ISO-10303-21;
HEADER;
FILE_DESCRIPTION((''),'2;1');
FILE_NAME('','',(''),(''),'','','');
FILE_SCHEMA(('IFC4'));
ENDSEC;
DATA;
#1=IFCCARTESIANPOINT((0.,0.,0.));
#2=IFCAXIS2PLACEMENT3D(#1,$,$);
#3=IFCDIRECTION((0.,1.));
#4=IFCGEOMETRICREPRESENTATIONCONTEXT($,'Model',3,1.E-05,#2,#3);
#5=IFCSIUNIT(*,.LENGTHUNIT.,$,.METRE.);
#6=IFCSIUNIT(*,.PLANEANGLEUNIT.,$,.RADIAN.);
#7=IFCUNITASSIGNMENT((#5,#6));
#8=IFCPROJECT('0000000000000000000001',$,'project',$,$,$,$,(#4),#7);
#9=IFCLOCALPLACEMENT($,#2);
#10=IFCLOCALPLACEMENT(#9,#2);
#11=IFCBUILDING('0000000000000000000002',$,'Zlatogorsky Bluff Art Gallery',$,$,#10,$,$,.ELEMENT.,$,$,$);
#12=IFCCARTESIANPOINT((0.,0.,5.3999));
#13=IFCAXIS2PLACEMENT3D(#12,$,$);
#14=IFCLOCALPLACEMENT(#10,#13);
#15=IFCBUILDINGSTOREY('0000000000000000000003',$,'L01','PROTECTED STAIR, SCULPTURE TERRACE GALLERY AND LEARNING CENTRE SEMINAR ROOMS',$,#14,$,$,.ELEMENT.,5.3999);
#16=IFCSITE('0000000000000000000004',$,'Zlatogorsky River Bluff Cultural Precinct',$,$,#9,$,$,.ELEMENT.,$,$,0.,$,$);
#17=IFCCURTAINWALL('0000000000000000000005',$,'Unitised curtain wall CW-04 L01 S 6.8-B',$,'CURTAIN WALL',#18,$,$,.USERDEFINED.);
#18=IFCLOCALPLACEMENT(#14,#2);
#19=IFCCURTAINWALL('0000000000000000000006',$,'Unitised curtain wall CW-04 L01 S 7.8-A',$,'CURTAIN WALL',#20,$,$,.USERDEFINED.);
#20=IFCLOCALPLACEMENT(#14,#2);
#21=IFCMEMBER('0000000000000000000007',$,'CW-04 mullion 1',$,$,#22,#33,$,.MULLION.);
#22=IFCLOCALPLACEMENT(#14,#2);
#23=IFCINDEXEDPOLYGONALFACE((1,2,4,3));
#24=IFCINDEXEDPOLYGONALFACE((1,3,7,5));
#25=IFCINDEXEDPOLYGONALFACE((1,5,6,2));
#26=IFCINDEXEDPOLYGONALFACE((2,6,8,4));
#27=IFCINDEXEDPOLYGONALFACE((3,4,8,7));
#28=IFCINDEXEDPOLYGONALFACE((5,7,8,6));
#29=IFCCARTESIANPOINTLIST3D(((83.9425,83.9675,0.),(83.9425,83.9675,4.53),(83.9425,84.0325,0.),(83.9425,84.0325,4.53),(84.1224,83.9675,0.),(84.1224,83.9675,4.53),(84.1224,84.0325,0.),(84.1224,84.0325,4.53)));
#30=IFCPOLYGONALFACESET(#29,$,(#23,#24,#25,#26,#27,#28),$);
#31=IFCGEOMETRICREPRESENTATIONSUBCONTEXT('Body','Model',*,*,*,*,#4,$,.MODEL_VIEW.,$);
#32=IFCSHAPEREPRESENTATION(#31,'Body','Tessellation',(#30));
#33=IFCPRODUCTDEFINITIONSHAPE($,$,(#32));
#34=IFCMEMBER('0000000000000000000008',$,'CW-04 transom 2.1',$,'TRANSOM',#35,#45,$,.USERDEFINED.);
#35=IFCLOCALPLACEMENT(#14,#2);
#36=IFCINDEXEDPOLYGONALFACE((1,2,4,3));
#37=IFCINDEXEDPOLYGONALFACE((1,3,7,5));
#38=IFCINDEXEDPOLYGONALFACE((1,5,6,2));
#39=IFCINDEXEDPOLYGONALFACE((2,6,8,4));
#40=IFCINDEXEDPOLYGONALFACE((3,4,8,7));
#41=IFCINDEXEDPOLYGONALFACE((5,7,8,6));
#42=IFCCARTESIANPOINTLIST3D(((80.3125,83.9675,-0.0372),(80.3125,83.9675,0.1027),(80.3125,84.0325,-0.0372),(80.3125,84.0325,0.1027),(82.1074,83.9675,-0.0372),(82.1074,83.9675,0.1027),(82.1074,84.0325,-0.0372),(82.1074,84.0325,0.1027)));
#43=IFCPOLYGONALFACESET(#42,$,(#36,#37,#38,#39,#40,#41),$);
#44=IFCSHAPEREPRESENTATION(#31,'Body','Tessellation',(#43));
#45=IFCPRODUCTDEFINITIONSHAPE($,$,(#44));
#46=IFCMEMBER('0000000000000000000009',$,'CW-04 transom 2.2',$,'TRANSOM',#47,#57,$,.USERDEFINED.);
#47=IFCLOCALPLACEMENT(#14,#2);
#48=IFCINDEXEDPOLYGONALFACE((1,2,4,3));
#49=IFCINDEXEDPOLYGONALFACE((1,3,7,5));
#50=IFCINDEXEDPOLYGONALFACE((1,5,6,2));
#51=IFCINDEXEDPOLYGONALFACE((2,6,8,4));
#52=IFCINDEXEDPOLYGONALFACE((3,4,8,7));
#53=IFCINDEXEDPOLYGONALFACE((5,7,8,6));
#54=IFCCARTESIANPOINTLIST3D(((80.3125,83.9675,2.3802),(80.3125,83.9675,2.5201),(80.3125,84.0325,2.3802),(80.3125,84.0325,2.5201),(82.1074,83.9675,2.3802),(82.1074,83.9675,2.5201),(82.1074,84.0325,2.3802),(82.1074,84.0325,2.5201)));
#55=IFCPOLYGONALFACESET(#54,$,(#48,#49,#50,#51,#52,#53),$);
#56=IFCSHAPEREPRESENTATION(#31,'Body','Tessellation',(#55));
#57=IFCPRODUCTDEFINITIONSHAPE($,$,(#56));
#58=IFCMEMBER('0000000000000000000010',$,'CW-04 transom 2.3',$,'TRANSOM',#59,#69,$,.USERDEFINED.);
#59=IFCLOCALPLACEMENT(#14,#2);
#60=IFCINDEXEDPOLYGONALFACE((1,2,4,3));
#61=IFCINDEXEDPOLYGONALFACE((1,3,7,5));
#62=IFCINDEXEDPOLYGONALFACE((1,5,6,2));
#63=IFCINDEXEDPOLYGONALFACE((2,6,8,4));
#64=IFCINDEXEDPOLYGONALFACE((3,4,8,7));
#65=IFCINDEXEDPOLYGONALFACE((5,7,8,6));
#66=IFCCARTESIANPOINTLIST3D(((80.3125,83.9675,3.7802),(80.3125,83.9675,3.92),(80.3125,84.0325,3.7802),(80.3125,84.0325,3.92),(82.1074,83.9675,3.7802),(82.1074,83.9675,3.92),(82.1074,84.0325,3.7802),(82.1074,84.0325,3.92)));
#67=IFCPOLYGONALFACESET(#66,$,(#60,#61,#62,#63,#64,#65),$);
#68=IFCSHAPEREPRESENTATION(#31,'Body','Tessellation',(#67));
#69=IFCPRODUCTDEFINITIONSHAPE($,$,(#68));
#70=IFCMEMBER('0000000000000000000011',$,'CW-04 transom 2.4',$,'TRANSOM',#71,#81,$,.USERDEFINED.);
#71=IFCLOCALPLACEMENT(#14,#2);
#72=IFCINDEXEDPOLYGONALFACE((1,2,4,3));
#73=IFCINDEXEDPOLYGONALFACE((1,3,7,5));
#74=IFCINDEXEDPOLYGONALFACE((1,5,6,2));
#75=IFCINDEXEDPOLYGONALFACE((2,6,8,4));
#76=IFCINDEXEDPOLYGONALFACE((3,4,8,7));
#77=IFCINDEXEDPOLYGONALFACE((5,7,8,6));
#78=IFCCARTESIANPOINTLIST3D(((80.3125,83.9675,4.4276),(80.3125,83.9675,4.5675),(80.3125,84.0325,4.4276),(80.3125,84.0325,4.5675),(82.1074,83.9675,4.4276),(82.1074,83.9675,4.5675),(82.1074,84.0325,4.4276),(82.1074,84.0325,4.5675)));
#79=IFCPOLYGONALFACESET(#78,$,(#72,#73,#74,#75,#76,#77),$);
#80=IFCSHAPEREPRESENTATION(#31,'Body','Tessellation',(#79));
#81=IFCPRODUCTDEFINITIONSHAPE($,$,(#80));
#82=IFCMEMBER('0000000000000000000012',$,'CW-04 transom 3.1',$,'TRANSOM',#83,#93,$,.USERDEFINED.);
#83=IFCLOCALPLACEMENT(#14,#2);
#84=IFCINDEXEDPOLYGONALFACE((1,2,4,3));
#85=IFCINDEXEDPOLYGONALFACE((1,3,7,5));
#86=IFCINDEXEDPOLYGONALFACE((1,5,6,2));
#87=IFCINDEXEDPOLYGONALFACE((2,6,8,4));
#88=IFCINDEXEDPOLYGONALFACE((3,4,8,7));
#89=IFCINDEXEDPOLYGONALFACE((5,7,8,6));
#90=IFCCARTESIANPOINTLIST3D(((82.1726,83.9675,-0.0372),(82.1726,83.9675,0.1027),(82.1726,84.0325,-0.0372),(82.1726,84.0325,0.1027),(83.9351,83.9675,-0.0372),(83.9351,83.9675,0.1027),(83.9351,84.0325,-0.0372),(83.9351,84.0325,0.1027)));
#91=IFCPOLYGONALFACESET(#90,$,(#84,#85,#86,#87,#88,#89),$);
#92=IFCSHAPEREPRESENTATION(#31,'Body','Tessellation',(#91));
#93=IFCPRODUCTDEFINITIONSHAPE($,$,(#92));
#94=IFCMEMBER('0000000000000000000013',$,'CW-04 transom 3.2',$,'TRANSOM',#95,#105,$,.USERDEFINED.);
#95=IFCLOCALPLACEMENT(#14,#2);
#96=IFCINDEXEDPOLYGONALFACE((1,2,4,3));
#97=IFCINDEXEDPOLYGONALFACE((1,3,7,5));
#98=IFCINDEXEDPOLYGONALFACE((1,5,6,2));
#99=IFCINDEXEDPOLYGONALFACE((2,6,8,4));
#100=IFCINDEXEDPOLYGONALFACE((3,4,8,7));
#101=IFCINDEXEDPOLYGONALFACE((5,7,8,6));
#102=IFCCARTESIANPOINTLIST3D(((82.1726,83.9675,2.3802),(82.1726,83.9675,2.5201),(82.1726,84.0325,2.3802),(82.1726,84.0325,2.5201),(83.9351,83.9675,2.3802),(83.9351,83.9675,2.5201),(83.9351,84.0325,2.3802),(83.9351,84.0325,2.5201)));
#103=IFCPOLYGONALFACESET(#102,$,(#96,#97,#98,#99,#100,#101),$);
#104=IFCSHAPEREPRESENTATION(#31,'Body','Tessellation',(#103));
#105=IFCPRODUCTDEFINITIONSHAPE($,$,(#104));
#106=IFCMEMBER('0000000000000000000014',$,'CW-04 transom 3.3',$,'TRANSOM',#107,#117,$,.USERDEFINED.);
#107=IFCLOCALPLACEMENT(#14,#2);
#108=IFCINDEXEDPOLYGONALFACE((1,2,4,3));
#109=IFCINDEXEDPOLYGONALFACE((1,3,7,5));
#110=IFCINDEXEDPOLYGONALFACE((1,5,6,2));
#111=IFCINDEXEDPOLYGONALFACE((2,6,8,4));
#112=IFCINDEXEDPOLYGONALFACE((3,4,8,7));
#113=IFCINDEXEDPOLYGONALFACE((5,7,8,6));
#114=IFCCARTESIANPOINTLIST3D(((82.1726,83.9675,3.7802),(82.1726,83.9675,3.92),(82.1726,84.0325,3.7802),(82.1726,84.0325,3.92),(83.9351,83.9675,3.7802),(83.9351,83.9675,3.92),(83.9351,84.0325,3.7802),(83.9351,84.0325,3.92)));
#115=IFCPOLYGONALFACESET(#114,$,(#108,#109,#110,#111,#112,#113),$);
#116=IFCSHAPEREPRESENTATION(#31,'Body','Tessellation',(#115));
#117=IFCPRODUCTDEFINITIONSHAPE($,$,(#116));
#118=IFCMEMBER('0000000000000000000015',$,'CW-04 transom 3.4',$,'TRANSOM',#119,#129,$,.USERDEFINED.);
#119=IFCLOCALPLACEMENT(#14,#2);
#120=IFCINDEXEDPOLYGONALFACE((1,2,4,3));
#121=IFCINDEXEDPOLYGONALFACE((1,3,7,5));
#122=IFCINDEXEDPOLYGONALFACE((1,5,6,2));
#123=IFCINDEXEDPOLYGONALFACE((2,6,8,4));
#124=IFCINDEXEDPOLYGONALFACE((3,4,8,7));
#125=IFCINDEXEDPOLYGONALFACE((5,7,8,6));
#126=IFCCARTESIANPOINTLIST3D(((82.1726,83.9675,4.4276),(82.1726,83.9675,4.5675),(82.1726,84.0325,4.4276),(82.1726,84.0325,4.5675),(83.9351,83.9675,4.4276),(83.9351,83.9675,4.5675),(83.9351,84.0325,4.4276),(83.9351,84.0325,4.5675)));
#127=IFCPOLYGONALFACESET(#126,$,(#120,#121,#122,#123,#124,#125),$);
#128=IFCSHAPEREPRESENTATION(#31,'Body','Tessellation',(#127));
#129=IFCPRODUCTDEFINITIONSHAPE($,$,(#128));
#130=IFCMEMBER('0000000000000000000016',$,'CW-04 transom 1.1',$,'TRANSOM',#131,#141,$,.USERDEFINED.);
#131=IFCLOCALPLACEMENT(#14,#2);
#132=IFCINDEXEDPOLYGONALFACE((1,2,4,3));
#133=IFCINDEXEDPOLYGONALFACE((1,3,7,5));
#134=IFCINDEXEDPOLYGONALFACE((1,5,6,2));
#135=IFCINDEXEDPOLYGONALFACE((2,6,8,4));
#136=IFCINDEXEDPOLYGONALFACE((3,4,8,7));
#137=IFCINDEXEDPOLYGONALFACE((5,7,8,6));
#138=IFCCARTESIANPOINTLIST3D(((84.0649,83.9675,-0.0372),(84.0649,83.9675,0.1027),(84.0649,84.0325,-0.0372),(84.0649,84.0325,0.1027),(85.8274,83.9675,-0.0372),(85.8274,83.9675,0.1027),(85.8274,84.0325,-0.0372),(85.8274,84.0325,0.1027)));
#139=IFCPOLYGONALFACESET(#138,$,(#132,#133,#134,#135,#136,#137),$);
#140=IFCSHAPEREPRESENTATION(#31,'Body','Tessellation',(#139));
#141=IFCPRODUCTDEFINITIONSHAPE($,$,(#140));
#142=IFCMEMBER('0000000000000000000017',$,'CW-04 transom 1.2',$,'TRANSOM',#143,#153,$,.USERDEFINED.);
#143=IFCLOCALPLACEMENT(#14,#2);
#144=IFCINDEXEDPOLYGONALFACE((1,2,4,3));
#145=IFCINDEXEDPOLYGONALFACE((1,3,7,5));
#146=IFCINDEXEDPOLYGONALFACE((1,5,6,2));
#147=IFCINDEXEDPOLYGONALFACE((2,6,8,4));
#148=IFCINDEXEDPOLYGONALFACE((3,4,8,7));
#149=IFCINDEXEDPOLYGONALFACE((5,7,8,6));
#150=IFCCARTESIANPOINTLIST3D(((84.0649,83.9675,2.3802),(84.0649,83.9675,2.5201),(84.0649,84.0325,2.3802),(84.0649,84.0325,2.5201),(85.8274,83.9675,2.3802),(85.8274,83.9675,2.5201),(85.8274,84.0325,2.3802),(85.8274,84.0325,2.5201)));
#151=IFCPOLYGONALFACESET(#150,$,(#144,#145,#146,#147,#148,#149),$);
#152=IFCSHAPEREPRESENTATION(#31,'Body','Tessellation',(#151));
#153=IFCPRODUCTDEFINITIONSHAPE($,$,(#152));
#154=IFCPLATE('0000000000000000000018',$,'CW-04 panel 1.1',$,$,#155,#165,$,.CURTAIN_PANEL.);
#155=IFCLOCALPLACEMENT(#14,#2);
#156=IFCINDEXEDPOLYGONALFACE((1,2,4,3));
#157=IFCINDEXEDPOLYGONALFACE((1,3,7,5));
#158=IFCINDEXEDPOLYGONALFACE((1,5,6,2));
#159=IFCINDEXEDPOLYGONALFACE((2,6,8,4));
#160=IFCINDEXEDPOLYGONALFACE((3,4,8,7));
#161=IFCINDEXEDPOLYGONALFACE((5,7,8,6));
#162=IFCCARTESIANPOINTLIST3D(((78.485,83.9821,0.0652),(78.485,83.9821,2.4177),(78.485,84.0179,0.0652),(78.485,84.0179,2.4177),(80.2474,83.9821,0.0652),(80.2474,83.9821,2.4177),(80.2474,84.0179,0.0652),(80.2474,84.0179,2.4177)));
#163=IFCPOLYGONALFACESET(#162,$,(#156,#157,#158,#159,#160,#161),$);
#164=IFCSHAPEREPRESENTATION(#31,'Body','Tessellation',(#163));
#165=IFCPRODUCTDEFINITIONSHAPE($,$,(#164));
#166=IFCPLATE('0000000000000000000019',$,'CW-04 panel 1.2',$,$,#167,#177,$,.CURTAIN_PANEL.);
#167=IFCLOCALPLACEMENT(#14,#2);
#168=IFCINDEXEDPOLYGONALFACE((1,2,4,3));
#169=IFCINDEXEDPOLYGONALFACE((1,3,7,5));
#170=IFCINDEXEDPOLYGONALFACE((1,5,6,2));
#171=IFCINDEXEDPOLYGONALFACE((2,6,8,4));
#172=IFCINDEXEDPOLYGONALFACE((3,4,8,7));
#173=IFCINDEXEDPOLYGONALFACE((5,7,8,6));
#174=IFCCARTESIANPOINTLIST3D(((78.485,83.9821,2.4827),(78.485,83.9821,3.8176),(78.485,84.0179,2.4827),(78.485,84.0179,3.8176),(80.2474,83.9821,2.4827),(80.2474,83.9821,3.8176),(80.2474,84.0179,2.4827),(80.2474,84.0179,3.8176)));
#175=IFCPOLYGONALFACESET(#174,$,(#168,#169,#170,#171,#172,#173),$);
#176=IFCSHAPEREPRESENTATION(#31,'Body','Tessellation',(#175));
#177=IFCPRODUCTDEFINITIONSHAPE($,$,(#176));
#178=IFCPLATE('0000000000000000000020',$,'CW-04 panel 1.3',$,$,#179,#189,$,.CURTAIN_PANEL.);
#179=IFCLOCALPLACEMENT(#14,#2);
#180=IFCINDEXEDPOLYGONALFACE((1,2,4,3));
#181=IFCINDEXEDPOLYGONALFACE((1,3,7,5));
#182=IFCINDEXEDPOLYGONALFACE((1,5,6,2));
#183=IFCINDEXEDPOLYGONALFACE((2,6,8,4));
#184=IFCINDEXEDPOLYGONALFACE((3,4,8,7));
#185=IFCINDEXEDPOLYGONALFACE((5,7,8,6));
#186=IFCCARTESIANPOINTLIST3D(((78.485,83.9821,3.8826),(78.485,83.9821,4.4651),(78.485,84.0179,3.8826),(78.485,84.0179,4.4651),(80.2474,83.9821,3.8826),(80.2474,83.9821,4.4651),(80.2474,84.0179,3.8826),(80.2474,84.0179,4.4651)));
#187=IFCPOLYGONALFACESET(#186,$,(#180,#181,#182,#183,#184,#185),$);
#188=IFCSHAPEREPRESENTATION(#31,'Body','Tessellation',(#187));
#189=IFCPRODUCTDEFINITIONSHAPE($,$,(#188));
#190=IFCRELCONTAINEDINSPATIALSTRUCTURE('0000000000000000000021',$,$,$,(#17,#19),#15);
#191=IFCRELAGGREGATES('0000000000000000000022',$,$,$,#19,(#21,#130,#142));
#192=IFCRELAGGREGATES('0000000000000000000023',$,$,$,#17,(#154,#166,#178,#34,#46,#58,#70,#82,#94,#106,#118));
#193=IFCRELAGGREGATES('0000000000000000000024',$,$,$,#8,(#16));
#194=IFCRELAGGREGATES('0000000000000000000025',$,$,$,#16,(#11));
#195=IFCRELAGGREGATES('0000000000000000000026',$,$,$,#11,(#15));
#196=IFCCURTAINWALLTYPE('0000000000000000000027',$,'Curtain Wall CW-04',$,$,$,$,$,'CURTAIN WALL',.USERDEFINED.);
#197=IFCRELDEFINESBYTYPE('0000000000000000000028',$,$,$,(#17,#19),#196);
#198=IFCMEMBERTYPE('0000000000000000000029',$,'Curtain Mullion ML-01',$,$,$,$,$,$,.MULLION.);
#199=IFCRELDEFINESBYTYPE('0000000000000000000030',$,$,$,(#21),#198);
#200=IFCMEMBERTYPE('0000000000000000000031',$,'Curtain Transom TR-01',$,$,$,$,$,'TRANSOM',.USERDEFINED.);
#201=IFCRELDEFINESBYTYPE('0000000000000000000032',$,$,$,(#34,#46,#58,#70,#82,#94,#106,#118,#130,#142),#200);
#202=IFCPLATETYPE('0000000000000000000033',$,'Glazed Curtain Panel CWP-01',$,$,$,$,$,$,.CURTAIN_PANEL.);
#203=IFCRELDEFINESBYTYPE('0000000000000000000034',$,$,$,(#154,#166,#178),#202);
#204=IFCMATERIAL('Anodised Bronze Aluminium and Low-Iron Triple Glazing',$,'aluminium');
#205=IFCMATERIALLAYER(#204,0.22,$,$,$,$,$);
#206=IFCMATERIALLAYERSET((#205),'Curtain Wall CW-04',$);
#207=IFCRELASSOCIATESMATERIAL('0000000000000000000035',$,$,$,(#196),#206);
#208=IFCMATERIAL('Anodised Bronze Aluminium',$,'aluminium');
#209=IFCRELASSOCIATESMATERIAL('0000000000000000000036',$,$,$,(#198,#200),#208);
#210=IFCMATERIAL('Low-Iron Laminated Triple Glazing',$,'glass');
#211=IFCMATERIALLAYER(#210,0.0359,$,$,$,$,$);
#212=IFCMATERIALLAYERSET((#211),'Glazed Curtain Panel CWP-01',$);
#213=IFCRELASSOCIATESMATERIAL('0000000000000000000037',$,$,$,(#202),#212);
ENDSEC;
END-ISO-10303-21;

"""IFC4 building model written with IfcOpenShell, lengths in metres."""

from ifc_helpers import new_model, si_unit, direction, frame, origin, origin_2d, place, context, subcontext, project, spatial, rectangle, extrude, material, layer, layer_set, material_profile, profile_set, type_object, element, aggregate, save


model = new_model("IFC4")

# Units and contexts
model_context = context("Model", 3, precision=1e-05, world=origin(), true_north=direction((0.0, 1.0)))
body_context = subcontext(model_context, "Body", "Model", "MODEL_VIEW")
ifc_project = project(units=[si_unit("LENGTHUNIT", "METRE"), si_unit("PLANEANGLEUNIT", "RADIAN")], contexts=[model_context])

# Site, building, storey
site_placement = place(None, origin())
site = spatial("IfcSite", under=ifc_project, at=site_placement, Name="Zlatogorsky River Bluff Cultural Precinct", CompositionType="ELEMENT", RefElevation=0.0)
building_placement = place(site_placement, origin())
building = spatial("IfcBuilding", under=site, at=building_placement, Name="Zlatogorsky Bluff Art Gallery", CompositionType="ELEMENT")
storey_placement = place(building_placement, frame((0.0, 0.0, 5.3999)))
storey = spatial("IfcBuildingStorey", under=building, at=storey_placement, Name="L01", Description="PROTECTED STAIR, SCULPTURE TERRACE GALLERY AND LEARNING CENTRE SEMINAR ROOMS", CompositionType="ELEMENT", Elevation=5.3999)

# Curtain wall
ifc_material_1 = material(Name="Anodised Bronze Aluminium and Low-Iron Triple Glazing", Category="aluminium")
ifc_layer_1 = layer(ifc_material_1, 0.22)
ifc_layer_set_1 = layer_set([ifc_layer_1], Name="Curtain Wall CW-04")
curtain_wall_type = type_object("IfcCurtainWallType", Name="Curtain Wall CW-04", ElementType="CURTAIN WALL", PredefinedType="USERDEFINED", material=ifc_layer_set_1)
curtain_wall_1_placement = place(storey_placement, origin())
curtain_wall_1 = element("IfcCurtainWall", 1, at=curtain_wall_1_placement, inside=storey, type_object=curtain_wall_type, Name="Unitised curtain wall CW-04 L01 S 6.8-B", ObjectType="CURTAIN WALL", PredefinedType="USERDEFINED")
ifc_material_2 = material(Name="Anodised Bronze Aluminium", Category="aluminium")
ifc_material_profile_1 = material_profile(ifc_material_2, rectangle(XDim=0.0649, YDim=0.1799, at=origin_2d()), Name="ALU MULLION 65x180")
ifc_profile_set_1 = profile_set([ifc_material_profile_1], Name="Anodised Bronze Aluminium")
member_type_1 = type_object("IfcMemberType", Name="Curtain Mullion ML-01", PredefinedType="MULLION", material=ifc_profile_set_1)

# Curtain wall, member
curtain_wall_2_placement = place(storey_placement, origin())
curtain_wall_2 = element("IfcCurtainWall", 2, at=curtain_wall_2_placement, inside=storey, type_object=curtain_wall_type, Name="Unitised curtain wall CW-04 L01 S 7.8-A", ObjectType="CURTAIN WALL", PredefinedType="USERDEFINED")
member_1_placement = place(storey_placement, frame((84.0325, 84.0, 0.0), z_axis=(0.0, 0.0, 1.0), x_axis=(0.0, 1.0, 0.0)))
member_1 = element("IfcMember", 3, at=member_1_placement, type_object=member_type_1, Name="CW-04 mullion 1", PredefinedType="MULLION", context=body_context, shape_type="SweptSolid", body=[
    extrude(rectangle(XDim=0.0649, YDim=0.1799, at=origin_2d()), origin(), (0.0, 0.0, 1.0), 4.53),
])

# Members
ifc_material_profile_2 = material_profile(ifc_material_2, rectangle(XDim=0.0649, YDim=0.1399, at=origin_2d()), Name="ALU TRANSOM 65x140")
ifc_profile_set_2 = profile_set([ifc_material_profile_2], Name="Anodised Bronze Aluminium")
member_type_2 = type_object("IfcMemberType", Name="Curtain Transom TR-01", ElementType="TRANSOM", PredefinedType="USERDEFINED", material=ifc_profile_set_2)
member_2_placement = place(storey_placement, frame((80.3125, 84.0, 0.0327), z_axis=(1.0, 0.0, 0.0), x_axis=(0.0, 1.0, 0.0)))
member_2 = element("IfcMember", 4, at=member_2_placement, type_object=member_type_2, Name="CW-04 transom 2.1", ObjectType="TRANSOM", PredefinedType="USERDEFINED", context=body_context, shape_type="SweptSolid", body=[
    extrude(rectangle(XDim=0.0649, YDim=0.1399, at=origin_2d()), origin(), (0.0, 0.0, 1.0), 1.7949),
])
member_3_placement = place(storey_placement, frame((80.3125, 84.0, 2.4502), z_axis=(1.0, 0.0, 0.0), x_axis=(0.0, 1.0, 0.0)))
member_3 = element("IfcMember", 5, at=member_3_placement, type_object=member_type_2, Name="CW-04 transom 2.2", ObjectType="TRANSOM", PredefinedType="USERDEFINED", context=body_context, shape_type="SweptSolid", body=[
    extrude(rectangle(XDim=0.0649, YDim=0.1399, at=origin_2d()), origin(), (0.0, 0.0, 1.0), 1.7949),
])
member_4_placement = place(storey_placement, frame((80.3125, 84.0, 3.8501), z_axis=(1.0, 0.0, 0.0), x_axis=(0.0, 1.0, 0.0)))
member_4 = element("IfcMember", 6, at=member_4_placement, type_object=member_type_2, Name="CW-04 transom 2.3", ObjectType="TRANSOM", PredefinedType="USERDEFINED", context=body_context, shape_type="SweptSolid", body=[
    extrude(rectangle(XDim=0.0649, YDim=0.1399, at=origin_2d()), origin(), (0.0, 0.0, 1.0), 1.7949),
])
member_5_placement = place(storey_placement, frame((80.3125, 84.0, 4.4976), z_axis=(1.0, 0.0, 0.0), x_axis=(0.0, 1.0, 0.0)))
member_5 = element("IfcMember", 7, at=member_5_placement, type_object=member_type_2, Name="CW-04 transom 2.4", ObjectType="TRANSOM", PredefinedType="USERDEFINED", context=body_context, shape_type="SweptSolid", body=[
    extrude(rectangle(XDim=0.0649, YDim=0.1399, at=origin_2d()), origin(), (0.0, 0.0, 1.0), 1.7949),
])
member_6_placement = place(storey_placement, frame((82.1726, 84.0, 0.0327), z_axis=(1.0, 0.0, 0.0), x_axis=(0.0, 1.0, 0.0)))
member_6 = element("IfcMember", 8, at=member_6_placement, type_object=member_type_2, Name="CW-04 transom 3.1", ObjectType="TRANSOM", PredefinedType="USERDEFINED", context=body_context, shape_type="SweptSolid", body=[
    extrude(rectangle(XDim=0.0649, YDim=0.1399, at=origin_2d()), origin(), (0.0, 0.0, 1.0), 1.7625),
])
member_7_placement = place(storey_placement, frame((82.1726, 84.0, 2.4502), z_axis=(1.0, 0.0, 0.0), x_axis=(0.0, 1.0, 0.0)))
member_7 = element("IfcMember", 9, at=member_7_placement, type_object=member_type_2, Name="CW-04 transom 3.2", ObjectType="TRANSOM", PredefinedType="USERDEFINED", context=body_context, shape_type="SweptSolid", body=[
    extrude(rectangle(XDim=0.0649, YDim=0.1399, at=origin_2d()), origin(), (0.0, 0.0, 1.0), 1.7625),
])
member_8_placement = place(storey_placement, frame((82.1726, 84.0, 3.8501), z_axis=(1.0, 0.0, 0.0), x_axis=(0.0, 1.0, 0.0)))
member_8 = element("IfcMember", 10, at=member_8_placement, type_object=member_type_2, Name="CW-04 transom 3.3", ObjectType="TRANSOM", PredefinedType="USERDEFINED", context=body_context, shape_type="SweptSolid", body=[
    extrude(rectangle(XDim=0.0649, YDim=0.1399, at=origin_2d()), origin(), (0.0, 0.0, 1.0), 1.7625),
])
member_9_placement = place(storey_placement, frame((82.1726, 84.0, 4.4976), z_axis=(1.0, 0.0, 0.0), x_axis=(0.0, 1.0, 0.0)))
member_9 = element("IfcMember", 11, at=member_9_placement, type_object=member_type_2, Name="CW-04 transom 3.4", ObjectType="TRANSOM", PredefinedType="USERDEFINED", context=body_context, shape_type="SweptSolid", body=[
    extrude(rectangle(XDim=0.0649, YDim=0.1399, at=origin_2d()), origin(), (0.0, 0.0, 1.0), 1.7625),
])
member_10_placement = place(storey_placement, frame((84.0649, 84.0, 0.0327), z_axis=(1.0, 0.0, 0.0), x_axis=(0.0, 1.0, 0.0)))
member_10 = element("IfcMember", 12, at=member_10_placement, type_object=member_type_2, Name="CW-04 transom 1.1", ObjectType="TRANSOM", PredefinedType="USERDEFINED", context=body_context, shape_type="SweptSolid", body=[
    extrude(rectangle(XDim=0.0649, YDim=0.1399, at=origin_2d()), origin(), (0.0, 0.0, 1.0), 1.7625),
])
member_11_placement = place(storey_placement, frame((84.0649, 84.0, 2.4502), z_axis=(1.0, 0.0, 0.0), x_axis=(0.0, 1.0, 0.0)))
member_11 = element("IfcMember", 13, at=member_11_placement, type_object=member_type_2, Name="CW-04 transom 1.2", ObjectType="TRANSOM", PredefinedType="USERDEFINED", context=body_context, shape_type="SweptSolid", body=[
    extrude(rectangle(XDim=0.0649, YDim=0.1399, at=origin_2d()), origin(), (0.0, 0.0, 1.0), 1.7625),
])
aggregate(curtain_wall_2, [member_1, member_10, member_11])

# Plates
ifc_material_3 = material(Name="Low-Iron Laminated Triple Glazing", Category="glass")
ifc_layer_2 = layer(ifc_material_3, 0.0359)
ifc_layer_set_2 = layer_set([ifc_layer_2], Name="Glazed Curtain Panel CWP-01")
plate_type = type_object("IfcPlateType", Name="Glazed Curtain Panel CWP-01", PredefinedType="CURTAIN_PANEL", material=ifc_layer_set_2)
plate_1_placement = place(storey_placement, frame((79.3662, 84.0, 0.0652), z_axis=(0.0, 0.0, 1.0), x_axis=(1.0, 0.0, 0.0)))
plate_1 = element("IfcPlate", 14, at=plate_1_placement, type_object=plate_type, Name="CW-04 panel 1.1", PredefinedType="CURTAIN_PANEL", context=body_context, shape_type="SweptSolid", body=[
    extrude(rectangle(XDim=1.7625, YDim=0.0359, at=origin_2d()), origin(), (0.0, 0.0, 1.0), 2.3525),
])
plate_2_placement = place(storey_placement, frame((79.3662, 84.0, 2.4827), z_axis=(0.0, 0.0, 1.0), x_axis=(1.0, 0.0, 0.0)))
plate_2 = element("IfcPlate", 15, at=plate_2_placement, type_object=plate_type, Name="CW-04 panel 1.2", PredefinedType="CURTAIN_PANEL", context=body_context, shape_type="SweptSolid", body=[
    extrude(rectangle(XDim=1.7625, YDim=0.0359, at=origin_2d()), origin(), (0.0, 0.0, 1.0), 1.335),
])
plate_3_placement = place(storey_placement, frame((79.3662, 84.0, 3.8826), z_axis=(0.0, 0.0, 1.0), x_axis=(1.0, 0.0, 0.0)))
plate_3 = element("IfcPlate", 16, at=plate_3_placement, type_object=plate_type, Name="CW-04 panel 1.3", PredefinedType="CURTAIN_PANEL", context=body_context, shape_type="SweptSolid", body=[
    extrude(rectangle(XDim=1.7625, YDim=0.0359, at=origin_2d()), origin(), (0.0, 0.0, 1.0), 0.5825),
])
aggregate(curtain_wall_1, [plate_1, plate_2, plate_3, member_2, member_3, member_4, member_5, member_6, member_7, member_8, member_9])

save(model, "model.ifc")
